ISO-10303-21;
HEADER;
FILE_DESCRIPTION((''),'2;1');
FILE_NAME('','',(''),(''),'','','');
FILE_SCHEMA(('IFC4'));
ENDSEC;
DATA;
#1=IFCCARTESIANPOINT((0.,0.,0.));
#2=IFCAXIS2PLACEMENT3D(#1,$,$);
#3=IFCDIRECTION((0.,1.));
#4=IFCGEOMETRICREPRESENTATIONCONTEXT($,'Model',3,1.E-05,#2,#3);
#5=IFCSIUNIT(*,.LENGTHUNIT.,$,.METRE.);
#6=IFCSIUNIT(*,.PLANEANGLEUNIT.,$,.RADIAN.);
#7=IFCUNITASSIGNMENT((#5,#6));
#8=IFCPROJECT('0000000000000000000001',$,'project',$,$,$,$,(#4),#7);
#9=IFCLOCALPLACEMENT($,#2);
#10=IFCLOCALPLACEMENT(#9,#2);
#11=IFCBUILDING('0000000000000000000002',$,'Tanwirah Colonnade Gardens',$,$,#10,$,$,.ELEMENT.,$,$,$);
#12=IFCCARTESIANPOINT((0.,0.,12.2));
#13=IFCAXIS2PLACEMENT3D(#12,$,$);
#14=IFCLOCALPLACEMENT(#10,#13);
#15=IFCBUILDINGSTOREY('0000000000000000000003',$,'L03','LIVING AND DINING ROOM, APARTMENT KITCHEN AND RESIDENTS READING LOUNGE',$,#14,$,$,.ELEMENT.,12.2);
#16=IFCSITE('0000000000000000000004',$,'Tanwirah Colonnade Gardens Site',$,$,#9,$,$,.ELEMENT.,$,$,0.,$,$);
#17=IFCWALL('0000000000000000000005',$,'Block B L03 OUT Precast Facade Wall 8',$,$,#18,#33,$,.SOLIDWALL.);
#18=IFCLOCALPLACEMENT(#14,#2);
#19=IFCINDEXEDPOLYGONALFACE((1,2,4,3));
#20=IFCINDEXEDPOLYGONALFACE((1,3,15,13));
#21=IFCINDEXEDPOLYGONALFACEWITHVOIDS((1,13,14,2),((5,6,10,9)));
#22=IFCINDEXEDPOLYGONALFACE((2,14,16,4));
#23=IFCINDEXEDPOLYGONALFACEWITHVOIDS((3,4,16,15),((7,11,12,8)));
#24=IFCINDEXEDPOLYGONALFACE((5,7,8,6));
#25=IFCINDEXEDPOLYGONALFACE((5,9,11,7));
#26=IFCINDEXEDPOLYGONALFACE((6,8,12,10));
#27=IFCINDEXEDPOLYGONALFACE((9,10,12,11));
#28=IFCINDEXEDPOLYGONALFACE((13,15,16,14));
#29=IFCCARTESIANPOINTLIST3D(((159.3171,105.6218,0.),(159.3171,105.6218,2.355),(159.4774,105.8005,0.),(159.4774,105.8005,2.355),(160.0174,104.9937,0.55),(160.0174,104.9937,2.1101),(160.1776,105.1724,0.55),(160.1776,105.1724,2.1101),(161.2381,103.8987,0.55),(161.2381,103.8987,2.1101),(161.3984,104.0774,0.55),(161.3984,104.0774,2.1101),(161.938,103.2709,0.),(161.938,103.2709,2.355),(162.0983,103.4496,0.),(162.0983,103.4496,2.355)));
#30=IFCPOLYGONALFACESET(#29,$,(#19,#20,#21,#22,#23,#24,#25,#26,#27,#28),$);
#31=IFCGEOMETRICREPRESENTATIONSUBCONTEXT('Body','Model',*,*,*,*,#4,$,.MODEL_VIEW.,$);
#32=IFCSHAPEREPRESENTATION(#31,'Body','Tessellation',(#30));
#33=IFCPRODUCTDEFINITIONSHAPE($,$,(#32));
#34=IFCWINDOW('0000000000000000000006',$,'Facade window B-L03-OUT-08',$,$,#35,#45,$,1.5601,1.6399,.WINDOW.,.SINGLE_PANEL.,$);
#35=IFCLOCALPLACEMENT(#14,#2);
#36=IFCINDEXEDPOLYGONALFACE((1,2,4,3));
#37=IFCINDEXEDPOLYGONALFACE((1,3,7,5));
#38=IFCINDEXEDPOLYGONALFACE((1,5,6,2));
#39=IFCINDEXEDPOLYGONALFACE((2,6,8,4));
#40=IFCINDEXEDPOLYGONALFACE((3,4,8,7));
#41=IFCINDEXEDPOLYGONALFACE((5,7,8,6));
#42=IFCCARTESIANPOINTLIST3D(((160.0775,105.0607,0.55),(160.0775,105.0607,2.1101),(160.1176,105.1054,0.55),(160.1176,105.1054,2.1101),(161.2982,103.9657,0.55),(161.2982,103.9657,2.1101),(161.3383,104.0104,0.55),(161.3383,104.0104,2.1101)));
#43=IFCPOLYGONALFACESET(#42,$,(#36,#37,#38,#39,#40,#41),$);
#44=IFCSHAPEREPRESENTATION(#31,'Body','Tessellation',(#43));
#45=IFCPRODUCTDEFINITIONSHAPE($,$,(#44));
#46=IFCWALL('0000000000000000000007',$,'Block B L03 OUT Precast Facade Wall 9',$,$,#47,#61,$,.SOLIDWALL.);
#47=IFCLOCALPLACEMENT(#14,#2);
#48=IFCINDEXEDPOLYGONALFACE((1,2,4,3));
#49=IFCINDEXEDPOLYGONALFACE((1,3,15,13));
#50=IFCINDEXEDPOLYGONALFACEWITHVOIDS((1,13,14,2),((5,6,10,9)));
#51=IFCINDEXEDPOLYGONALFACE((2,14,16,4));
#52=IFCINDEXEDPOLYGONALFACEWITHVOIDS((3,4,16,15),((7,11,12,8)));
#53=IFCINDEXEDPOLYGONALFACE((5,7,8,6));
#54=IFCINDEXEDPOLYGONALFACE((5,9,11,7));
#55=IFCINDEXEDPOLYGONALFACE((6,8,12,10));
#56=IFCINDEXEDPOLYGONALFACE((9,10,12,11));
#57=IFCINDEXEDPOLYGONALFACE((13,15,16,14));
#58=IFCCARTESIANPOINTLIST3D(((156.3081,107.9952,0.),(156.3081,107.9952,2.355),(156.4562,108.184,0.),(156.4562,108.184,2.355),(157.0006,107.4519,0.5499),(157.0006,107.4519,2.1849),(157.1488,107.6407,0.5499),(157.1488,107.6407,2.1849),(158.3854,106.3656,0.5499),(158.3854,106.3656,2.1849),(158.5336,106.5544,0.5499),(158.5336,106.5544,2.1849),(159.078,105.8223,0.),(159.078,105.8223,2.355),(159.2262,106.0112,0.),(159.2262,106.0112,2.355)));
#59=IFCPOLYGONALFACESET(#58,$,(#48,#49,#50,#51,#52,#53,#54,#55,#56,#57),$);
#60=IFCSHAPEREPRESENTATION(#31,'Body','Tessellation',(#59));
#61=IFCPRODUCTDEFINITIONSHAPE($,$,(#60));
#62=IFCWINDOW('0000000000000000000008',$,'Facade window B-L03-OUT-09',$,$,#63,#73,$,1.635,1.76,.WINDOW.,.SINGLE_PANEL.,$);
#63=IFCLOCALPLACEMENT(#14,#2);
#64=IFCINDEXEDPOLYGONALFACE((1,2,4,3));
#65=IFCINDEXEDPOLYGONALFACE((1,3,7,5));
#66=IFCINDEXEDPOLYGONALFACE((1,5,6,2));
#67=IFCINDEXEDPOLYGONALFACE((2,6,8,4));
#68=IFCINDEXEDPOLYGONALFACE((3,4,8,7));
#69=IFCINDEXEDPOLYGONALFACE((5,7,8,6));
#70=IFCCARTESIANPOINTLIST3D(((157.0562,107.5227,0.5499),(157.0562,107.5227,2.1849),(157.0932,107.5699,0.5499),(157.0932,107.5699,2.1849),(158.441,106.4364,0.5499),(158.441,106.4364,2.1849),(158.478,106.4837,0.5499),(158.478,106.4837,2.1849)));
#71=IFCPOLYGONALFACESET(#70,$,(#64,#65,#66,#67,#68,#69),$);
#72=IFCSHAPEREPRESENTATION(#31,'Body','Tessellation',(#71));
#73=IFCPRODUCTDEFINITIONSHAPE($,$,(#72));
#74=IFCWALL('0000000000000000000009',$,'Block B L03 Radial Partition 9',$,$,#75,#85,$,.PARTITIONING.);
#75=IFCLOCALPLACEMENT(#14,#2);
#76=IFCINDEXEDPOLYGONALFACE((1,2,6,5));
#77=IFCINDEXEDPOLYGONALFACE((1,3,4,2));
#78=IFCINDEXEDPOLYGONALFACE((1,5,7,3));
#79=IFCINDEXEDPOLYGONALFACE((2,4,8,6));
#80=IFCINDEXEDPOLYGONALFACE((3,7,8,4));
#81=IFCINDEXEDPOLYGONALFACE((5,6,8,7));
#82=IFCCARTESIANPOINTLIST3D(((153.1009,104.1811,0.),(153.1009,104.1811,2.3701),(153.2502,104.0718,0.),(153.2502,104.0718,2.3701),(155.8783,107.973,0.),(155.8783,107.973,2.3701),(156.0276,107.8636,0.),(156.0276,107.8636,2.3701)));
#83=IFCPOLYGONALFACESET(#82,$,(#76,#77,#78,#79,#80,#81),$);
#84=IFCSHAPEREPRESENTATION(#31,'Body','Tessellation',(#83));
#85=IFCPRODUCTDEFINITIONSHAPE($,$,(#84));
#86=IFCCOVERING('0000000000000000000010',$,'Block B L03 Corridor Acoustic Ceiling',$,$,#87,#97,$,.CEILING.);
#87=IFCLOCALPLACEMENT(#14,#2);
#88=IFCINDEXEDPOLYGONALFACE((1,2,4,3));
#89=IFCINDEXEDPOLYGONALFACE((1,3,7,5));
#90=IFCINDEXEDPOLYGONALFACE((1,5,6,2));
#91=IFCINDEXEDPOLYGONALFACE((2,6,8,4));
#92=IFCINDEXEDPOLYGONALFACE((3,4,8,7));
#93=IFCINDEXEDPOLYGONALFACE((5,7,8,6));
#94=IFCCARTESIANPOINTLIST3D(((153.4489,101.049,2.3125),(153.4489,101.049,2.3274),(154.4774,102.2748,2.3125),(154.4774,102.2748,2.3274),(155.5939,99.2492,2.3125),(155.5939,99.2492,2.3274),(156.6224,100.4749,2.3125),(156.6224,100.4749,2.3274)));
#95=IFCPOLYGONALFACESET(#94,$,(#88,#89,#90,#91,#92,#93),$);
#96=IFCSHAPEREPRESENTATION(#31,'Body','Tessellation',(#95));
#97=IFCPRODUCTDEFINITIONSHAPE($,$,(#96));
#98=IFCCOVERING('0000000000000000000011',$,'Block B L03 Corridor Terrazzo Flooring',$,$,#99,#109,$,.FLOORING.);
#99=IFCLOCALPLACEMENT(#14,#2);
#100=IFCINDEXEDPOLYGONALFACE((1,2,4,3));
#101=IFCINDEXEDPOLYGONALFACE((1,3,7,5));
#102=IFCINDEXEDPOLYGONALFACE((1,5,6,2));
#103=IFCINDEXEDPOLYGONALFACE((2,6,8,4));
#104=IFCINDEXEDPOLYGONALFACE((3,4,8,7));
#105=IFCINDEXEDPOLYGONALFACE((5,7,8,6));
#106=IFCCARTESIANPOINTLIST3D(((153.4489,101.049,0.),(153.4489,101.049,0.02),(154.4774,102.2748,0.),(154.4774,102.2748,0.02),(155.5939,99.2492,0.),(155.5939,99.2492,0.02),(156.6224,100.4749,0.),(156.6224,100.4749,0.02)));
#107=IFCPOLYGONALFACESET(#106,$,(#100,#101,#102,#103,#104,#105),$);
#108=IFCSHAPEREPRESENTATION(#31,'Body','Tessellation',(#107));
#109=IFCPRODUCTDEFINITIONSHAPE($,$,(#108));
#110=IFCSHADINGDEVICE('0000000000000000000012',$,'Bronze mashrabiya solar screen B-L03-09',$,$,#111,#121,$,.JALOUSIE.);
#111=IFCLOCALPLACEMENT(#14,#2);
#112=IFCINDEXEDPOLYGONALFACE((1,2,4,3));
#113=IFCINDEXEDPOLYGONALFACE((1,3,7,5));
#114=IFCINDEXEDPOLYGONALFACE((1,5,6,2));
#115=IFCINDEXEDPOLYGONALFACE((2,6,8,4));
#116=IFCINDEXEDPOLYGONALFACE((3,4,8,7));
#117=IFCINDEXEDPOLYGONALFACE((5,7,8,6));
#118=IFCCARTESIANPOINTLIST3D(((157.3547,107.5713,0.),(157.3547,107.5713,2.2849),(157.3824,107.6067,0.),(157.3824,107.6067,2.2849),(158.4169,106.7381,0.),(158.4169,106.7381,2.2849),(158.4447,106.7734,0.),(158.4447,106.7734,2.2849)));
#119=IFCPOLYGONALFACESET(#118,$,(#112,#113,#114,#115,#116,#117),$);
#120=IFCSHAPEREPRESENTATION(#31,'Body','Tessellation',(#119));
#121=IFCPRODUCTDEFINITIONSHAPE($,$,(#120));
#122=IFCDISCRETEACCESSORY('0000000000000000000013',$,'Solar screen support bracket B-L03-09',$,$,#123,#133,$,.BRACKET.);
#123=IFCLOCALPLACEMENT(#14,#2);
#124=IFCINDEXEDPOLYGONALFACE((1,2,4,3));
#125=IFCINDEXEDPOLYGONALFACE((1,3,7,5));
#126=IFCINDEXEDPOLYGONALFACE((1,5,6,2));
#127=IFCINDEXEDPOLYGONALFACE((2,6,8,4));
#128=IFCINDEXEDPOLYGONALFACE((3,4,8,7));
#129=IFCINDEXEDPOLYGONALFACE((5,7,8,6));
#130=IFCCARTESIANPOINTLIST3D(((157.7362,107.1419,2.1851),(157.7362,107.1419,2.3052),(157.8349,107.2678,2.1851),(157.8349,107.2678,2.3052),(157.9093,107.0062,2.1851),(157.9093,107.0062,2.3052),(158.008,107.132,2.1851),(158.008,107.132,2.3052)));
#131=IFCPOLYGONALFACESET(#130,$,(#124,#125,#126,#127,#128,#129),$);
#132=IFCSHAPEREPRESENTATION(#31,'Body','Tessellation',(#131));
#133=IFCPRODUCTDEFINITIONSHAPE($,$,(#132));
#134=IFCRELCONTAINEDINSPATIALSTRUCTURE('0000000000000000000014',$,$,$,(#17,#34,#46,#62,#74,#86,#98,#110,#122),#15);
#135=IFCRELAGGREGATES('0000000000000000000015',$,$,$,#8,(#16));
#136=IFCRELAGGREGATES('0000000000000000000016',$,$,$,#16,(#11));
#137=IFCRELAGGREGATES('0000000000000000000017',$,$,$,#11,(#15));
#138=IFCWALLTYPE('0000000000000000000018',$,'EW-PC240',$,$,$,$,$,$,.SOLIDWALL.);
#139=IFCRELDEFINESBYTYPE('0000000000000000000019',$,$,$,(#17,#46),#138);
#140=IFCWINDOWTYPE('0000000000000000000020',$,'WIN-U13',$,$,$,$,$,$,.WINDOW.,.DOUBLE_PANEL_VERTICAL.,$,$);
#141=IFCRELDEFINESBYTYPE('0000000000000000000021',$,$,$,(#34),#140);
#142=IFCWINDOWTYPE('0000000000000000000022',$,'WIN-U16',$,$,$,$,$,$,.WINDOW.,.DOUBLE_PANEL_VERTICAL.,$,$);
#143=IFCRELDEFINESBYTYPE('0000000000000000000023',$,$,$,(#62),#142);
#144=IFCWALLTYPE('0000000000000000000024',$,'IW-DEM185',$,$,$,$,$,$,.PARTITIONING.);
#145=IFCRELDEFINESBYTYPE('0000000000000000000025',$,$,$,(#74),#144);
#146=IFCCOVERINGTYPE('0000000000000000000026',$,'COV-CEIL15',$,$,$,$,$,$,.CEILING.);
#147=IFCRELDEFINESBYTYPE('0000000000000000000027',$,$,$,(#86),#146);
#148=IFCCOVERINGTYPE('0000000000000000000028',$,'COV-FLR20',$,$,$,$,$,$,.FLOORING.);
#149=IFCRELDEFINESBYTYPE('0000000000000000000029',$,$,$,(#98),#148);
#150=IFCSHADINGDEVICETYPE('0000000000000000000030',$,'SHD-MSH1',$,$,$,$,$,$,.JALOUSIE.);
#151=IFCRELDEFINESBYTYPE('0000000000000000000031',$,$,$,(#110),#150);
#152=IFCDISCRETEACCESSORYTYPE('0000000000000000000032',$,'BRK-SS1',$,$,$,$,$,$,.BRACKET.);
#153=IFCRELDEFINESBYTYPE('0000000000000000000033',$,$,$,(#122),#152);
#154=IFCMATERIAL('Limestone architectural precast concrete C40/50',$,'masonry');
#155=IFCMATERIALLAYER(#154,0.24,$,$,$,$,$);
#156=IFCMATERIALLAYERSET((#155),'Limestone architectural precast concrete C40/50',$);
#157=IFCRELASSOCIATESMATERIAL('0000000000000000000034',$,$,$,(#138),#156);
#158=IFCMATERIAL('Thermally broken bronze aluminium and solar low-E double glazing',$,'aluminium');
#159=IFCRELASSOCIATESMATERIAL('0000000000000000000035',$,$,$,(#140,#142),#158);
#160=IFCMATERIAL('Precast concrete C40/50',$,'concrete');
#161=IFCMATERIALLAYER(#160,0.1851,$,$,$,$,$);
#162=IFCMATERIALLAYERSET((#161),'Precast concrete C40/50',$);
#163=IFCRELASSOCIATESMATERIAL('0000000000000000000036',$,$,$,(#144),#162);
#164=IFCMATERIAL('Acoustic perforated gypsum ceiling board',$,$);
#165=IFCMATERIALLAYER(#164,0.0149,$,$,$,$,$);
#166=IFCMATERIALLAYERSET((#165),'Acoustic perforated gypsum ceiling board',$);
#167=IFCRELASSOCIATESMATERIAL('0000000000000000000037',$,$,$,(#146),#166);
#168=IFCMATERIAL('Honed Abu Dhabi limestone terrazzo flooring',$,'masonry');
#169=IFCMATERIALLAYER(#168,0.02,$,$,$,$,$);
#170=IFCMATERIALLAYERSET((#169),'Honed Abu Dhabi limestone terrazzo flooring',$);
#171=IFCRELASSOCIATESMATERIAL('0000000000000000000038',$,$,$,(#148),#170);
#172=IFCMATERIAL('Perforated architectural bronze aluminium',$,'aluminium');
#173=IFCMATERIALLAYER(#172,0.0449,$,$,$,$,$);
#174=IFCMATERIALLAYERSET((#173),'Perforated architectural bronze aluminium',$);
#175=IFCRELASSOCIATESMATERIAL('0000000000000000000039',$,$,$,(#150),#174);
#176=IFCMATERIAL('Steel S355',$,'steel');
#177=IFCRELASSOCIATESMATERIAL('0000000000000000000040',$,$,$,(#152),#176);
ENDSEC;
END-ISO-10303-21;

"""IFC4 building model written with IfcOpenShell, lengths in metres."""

from ifc_helpers import new_model, si_unit, direction, frame, frame_2d, origin, origin_2d, place, context, subcontext, project, spatial, rectangle, extrude, material, layer, layer_set, type_object, element, fill, save


model = new_model("IFC4")

# Units and contexts
model_context = context("Model", 3, precision=1e-05, world=origin(), true_north=direction((0.0, 1.0)))
body_context = subcontext(model_context, "Body", "Model", "MODEL_VIEW")
ifc_project = project(units=[si_unit("LENGTHUNIT", "METRE"), si_unit("PLANEANGLEUNIT", "RADIAN")], contexts=[model_context])

# Site, building, storey
site_placement = place(None, origin())
site = spatial("IfcSite", under=ifc_project, at=site_placement, Name="Tanwirah Colonnade Gardens Site", CompositionType="ELEMENT", RefElevation=0.0)
building_placement = place(site_placement, origin())
building = spatial("IfcBuilding", under=site, at=building_placement, Name="Tanwirah Colonnade Gardens", CompositionType="ELEMENT")
storey_placement = place(building_placement, frame((0.0, 0.0, 12.2)))
storey = spatial("IfcBuildingStorey", under=building, at=storey_placement, Name="L03", Description="LIVING AND DINING ROOM, APARTMENT KITCHEN AND RESIDENTS READING LOUNGE", CompositionType="ELEMENT", Elevation=12.2)

# Shared definitions
ifc_material_1 = material(Name="Precast concrete C40/50", Category="concrete")

# Walls, openings, windows
ifc_material_2 = material(Name="Limestone architectural precast concrete C40/50", Category="masonry")
ifc_layer_1 = layer(ifc_material_2, 0.24)
ifc_layer_set_1 = layer_set([ifc_layer_1], Name="Limestone architectural precast concrete C40/50")
wall_type_1 = type_object("IfcWallType", Name="EW-PC240", PredefinedType="SOLIDWALL", material=ifc_layer_set_1)
wall_1_placement = place(storey_placement, frame((162.0181, 103.3604, 0.0), z_axis=(0.0, 0.0, 1.0), x_axis=(-0.744414, 0.667719, 0.0)))
wall_1 = element("IfcWall", 1, at=wall_1_placement, inside=storey, type_object=wall_type_1, Name="Block B L03 OUT Precast Facade Wall 8", PredefinedType="SOLIDWALL", context=body_context, shape_type="SweptSolid", body=[
    extrude(rectangle(XDim=3.5208, YDim=0.24, at=frame_2d((1.7603, 0.0))), origin(), (0.0, 0.0, 1.0), 2.355),
])
opening_1_placement = place(wall_1_placement, frame((0.9402, 0.0, 0.55)))
opening_1 = element("IfcOpeningElement", 2, at=opening_1_placement, cuts=wall_1, PredefinedType="OPENING", context=body_context, shape_type="SweptSolid", body=[
    extrude(rectangle(XDim=1.6399, YDim=1.5601, at=frame_2d((0.8198, 0.78))), frame((0.0, 0.1299, 0.0), z_axis=(0.0, -1.0, 0.0), x_axis=(1.0, 0.0, 0.0)), (0.0, 0.0, 1.0), 0.26),
])
ifc_material_3 = material(Name="Thermally broken bronze aluminium and solar low-E double glazing", Category="aluminium")
window_type_1 = type_object("IfcWindowType", Name="WIN-U13", PartitioningType="DOUBLE_PANEL_VERTICAL", PredefinedType="WINDOW", material=ifc_material_3)
window_1_placement = place(opening_1_placement, origin())
window_1 = element("IfcWindow", 3, at=window_1_placement, inside=storey, type_object=window_type_1, Name="Facade window B-L03-OUT-08", OverallHeight=1.5601, OverallWidth=1.6399, PartitioningType="SINGLE_PANEL", PredefinedType="WINDOW", context=body_context, shape_type="SweptSolid", body=[
    extrude(rectangle(XDim=1.6399, YDim=1.5601, at=frame_2d((0.8198, 0.78))), frame((0.0, 0.03, 0.0), z_axis=(0.0, -1.0, 0.0), x_axis=(1.0, 0.0, 0.0)), (0.0, 0.0, 1.0), 0.0601),
])
fill(opening_1, window_1)
wall_2_placement = place(storey_placement, frame((159.1521, 105.9167, 0.0), z_axis=(0.0, 0.0, 1.0), x_axis=(-0.786814, 0.61719, 0.0)))
wall_2 = element("IfcWall", 4, at=wall_2_placement, inside=storey, type_object=wall_type_1, Name="Block B L03 OUT Precast Facade Wall 9", PredefinedType="SOLIDWALL", context=body_context, shape_type="SweptSolid", body=[
    extrude(rectangle(XDim=3.5205, YDim=0.24, at=frame_2d((1.7603, 0.0))), origin(), (0.0, 0.0, 1.0), 2.355),
])
opening_2_placement = place(wall_2_placement, frame((0.8804, 0.0, 0.55)))
opening_2 = element("IfcOpeningElement", 5, at=opening_2_placement, cuts=wall_2, PredefinedType="OPENING", context=body_context, shape_type="SweptSolid", body=[
    extrude(rectangle(XDim=1.76, YDim=1.635, at=frame_2d((0.8799, 0.8174))), frame((0.0, 0.1299, 0.0), z_axis=(0.0, -1.0, 0.0), x_axis=(1.0, 0.0, 0.0)), (0.0, 0.0, 1.0), 0.26),
])
window_type_2 = type_object("IfcWindowType", Name="WIN-U16", PartitioningType="DOUBLE_PANEL_VERTICAL", PredefinedType="WINDOW", material=ifc_material_3)
window_2_placement = place(opening_2_placement, origin())
window_2 = element("IfcWindow", 6, at=window_2_placement, inside=storey, type_object=window_type_2, Name="Facade window B-L03-OUT-09", OverallHeight=1.635, OverallWidth=1.76, PartitioningType="SINGLE_PANEL", PredefinedType="WINDOW", context=body_context, shape_type="SweptSolid", body=[
    extrude(rectangle(XDim=1.76, YDim=1.635, at=frame_2d((0.8799, 0.8174))), frame((0.0, 0.03, 0.0), z_axis=(0.0, -1.0, 0.0), x_axis=(1.0, 0.0, 0.0)), (0.0, 0.0, 1.0), 0.0601),
])
fill(opening_2, window_2)

# Wall
ifc_layer_2 = layer(ifc_material_1, 0.1851)
ifc_layer_set_2 = layer_set([ifc_layer_2], Name="Precast concrete C40/50")
wall_type_2 = type_object("IfcWallType", Name="IW-DEM185", PredefinedType="PARTITIONING", material=ifc_layer_set_2)
wall_3_placement = place(storey_placement, frame((153.1755, 104.1265, 0.0), z_axis=(0.0, 0.0, 1.0), x_axis=(0.590911, 0.806737, 0.0)))
element("IfcWall", 7, at=wall_3_placement, inside=storey, type_object=wall_type_2, Name="Block B L03 Radial Partition 9", PredefinedType="PARTITIONING", context=body_context, shape_type="SweptSolid", body=[
    extrude(rectangle(XDim=4.7002, YDim=0.1851, at=frame_2d((2.3501, 0.0))), origin(), (0.0, 0.0, 1.0), 2.3701),
])

# Coverings
ifc_material_4 = material(Name="Acoustic perforated gypsum ceiling board")
ifc_layer_3 = layer(ifc_material_4, 0.0149)
ifc_layer_set_3 = layer_set([ifc_layer_3], Name="Acoustic perforated gypsum ceiling board")
covering_type_1 = type_object("IfcCoveringType", Name="COV-CEIL15", PredefinedType="CEILING", material=ifc_layer_set_3)
covering_1_placement = place(storey_placement, frame((155.0356, 100.762, 2.3125), z_axis=(0.0, 0.0, 1.0), x_axis=(-0.766044, 0.642788, 0.0)))
element("IfcCovering", 8, at=covering_1_placement, inside=storey, type_object=covering_type_1, Name="Block B L03 Corridor Acoustic Ceiling", PredefinedType="CEILING", context=body_context, shape_type="SweptSolid", body=[
    extrude(rectangle(XDim=2.8, YDim=1.6001, at=origin_2d()), origin(), (0.0, 0.0, 1.0), 0.0149),
])
ifc_material_5 = material(Name="Honed Abu Dhabi limestone terrazzo flooring", Category="masonry")
ifc_layer_4 = layer(ifc_material_5, 0.02)
ifc_layer_set_4 = layer_set([ifc_layer_4], Name="Honed Abu Dhabi limestone terrazzo flooring")
covering_type_2 = type_object("IfcCoveringType", Name="COV-FLR20", PredefinedType="FLOORING", material=ifc_layer_set_4)
covering_2_placement = place(storey_placement, frame((155.0356, 100.762, 0.0), z_axis=(0.0, 0.0, 1.0), x_axis=(-0.766044, 0.642788, 0.0)))
element("IfcCovering", 9, at=covering_2_placement, inside=storey, type_object=covering_type_2, Name="Block B L03 Corridor Terrazzo Flooring", PredefinedType="FLOORING", context=body_context, shape_type="SweptSolid", body=[
    extrude(rectangle(XDim=2.8, YDim=1.6001, at=origin_2d()), origin(), (0.0, 0.0, 1.0), 0.02),
])

# Shading device
ifc_material_6 = material(Name="Perforated architectural bronze aluminium", Category="aluminium")
ifc_layer_5 = layer(ifc_material_6, 0.0449)
ifc_layer_set_5 = layer_set([ifc_layer_5], Name="Perforated architectural bronze aluminium")
shading_device_type = type_object("IfcShadingDeviceType", Name="SHD-MSH1", PredefinedType="JALOUSIE", material=ifc_layer_set_5)
shading_device_placement = place(storey_placement, frame((157.8997, 107.1724, 0.0), z_axis=(0.0, 0.0, 1.0), x_axis=(-0.786816, 0.617188, 0.0)))
element("IfcShadingDevice", 10, at=shading_device_placement, inside=storey, type_object=shading_device_type, Name="Bronze mashrabiya solar screen B-L03-09", PredefinedType="JALOUSIE", context=body_context, shape_type="SweptSolid", body=[
    extrude(rectangle(XDim=1.3501, YDim=0.0449, at=origin_2d()), origin(), (0.0, 0.0, 1.0), 2.2849),
])

# Discrete accessory
ifc_material_7 = material(Name="Steel S355", Category="steel")
discrete_accessory_type = type_object("IfcDiscreteAccessoryType", Name="BRK-SS1", PredefinedType="BRACKET", material=ifc_material_7)
discrete_accessory_placement = place(storey_placement, frame((157.8721, 107.137, 2.1851), z_axis=(0.0, 0.0, 1.0), x_axis=(-0.786816, 0.617188, 0.0)))
element("IfcDiscreteAccessory", 11, at=discrete_accessory_placement, inside=storey, type_object=discrete_accessory_type, Name="Solar screen support bracket B-L03-09", PredefinedType="BRACKET", context=body_context, shape_type="SweptSolid", body=[
    extrude(rectangle(XDim=0.22, YDim=0.1599, at=origin_2d()), origin(), (0.0, 0.0, 1.0), 0.1201),
])

save(model, "model.ifc")
